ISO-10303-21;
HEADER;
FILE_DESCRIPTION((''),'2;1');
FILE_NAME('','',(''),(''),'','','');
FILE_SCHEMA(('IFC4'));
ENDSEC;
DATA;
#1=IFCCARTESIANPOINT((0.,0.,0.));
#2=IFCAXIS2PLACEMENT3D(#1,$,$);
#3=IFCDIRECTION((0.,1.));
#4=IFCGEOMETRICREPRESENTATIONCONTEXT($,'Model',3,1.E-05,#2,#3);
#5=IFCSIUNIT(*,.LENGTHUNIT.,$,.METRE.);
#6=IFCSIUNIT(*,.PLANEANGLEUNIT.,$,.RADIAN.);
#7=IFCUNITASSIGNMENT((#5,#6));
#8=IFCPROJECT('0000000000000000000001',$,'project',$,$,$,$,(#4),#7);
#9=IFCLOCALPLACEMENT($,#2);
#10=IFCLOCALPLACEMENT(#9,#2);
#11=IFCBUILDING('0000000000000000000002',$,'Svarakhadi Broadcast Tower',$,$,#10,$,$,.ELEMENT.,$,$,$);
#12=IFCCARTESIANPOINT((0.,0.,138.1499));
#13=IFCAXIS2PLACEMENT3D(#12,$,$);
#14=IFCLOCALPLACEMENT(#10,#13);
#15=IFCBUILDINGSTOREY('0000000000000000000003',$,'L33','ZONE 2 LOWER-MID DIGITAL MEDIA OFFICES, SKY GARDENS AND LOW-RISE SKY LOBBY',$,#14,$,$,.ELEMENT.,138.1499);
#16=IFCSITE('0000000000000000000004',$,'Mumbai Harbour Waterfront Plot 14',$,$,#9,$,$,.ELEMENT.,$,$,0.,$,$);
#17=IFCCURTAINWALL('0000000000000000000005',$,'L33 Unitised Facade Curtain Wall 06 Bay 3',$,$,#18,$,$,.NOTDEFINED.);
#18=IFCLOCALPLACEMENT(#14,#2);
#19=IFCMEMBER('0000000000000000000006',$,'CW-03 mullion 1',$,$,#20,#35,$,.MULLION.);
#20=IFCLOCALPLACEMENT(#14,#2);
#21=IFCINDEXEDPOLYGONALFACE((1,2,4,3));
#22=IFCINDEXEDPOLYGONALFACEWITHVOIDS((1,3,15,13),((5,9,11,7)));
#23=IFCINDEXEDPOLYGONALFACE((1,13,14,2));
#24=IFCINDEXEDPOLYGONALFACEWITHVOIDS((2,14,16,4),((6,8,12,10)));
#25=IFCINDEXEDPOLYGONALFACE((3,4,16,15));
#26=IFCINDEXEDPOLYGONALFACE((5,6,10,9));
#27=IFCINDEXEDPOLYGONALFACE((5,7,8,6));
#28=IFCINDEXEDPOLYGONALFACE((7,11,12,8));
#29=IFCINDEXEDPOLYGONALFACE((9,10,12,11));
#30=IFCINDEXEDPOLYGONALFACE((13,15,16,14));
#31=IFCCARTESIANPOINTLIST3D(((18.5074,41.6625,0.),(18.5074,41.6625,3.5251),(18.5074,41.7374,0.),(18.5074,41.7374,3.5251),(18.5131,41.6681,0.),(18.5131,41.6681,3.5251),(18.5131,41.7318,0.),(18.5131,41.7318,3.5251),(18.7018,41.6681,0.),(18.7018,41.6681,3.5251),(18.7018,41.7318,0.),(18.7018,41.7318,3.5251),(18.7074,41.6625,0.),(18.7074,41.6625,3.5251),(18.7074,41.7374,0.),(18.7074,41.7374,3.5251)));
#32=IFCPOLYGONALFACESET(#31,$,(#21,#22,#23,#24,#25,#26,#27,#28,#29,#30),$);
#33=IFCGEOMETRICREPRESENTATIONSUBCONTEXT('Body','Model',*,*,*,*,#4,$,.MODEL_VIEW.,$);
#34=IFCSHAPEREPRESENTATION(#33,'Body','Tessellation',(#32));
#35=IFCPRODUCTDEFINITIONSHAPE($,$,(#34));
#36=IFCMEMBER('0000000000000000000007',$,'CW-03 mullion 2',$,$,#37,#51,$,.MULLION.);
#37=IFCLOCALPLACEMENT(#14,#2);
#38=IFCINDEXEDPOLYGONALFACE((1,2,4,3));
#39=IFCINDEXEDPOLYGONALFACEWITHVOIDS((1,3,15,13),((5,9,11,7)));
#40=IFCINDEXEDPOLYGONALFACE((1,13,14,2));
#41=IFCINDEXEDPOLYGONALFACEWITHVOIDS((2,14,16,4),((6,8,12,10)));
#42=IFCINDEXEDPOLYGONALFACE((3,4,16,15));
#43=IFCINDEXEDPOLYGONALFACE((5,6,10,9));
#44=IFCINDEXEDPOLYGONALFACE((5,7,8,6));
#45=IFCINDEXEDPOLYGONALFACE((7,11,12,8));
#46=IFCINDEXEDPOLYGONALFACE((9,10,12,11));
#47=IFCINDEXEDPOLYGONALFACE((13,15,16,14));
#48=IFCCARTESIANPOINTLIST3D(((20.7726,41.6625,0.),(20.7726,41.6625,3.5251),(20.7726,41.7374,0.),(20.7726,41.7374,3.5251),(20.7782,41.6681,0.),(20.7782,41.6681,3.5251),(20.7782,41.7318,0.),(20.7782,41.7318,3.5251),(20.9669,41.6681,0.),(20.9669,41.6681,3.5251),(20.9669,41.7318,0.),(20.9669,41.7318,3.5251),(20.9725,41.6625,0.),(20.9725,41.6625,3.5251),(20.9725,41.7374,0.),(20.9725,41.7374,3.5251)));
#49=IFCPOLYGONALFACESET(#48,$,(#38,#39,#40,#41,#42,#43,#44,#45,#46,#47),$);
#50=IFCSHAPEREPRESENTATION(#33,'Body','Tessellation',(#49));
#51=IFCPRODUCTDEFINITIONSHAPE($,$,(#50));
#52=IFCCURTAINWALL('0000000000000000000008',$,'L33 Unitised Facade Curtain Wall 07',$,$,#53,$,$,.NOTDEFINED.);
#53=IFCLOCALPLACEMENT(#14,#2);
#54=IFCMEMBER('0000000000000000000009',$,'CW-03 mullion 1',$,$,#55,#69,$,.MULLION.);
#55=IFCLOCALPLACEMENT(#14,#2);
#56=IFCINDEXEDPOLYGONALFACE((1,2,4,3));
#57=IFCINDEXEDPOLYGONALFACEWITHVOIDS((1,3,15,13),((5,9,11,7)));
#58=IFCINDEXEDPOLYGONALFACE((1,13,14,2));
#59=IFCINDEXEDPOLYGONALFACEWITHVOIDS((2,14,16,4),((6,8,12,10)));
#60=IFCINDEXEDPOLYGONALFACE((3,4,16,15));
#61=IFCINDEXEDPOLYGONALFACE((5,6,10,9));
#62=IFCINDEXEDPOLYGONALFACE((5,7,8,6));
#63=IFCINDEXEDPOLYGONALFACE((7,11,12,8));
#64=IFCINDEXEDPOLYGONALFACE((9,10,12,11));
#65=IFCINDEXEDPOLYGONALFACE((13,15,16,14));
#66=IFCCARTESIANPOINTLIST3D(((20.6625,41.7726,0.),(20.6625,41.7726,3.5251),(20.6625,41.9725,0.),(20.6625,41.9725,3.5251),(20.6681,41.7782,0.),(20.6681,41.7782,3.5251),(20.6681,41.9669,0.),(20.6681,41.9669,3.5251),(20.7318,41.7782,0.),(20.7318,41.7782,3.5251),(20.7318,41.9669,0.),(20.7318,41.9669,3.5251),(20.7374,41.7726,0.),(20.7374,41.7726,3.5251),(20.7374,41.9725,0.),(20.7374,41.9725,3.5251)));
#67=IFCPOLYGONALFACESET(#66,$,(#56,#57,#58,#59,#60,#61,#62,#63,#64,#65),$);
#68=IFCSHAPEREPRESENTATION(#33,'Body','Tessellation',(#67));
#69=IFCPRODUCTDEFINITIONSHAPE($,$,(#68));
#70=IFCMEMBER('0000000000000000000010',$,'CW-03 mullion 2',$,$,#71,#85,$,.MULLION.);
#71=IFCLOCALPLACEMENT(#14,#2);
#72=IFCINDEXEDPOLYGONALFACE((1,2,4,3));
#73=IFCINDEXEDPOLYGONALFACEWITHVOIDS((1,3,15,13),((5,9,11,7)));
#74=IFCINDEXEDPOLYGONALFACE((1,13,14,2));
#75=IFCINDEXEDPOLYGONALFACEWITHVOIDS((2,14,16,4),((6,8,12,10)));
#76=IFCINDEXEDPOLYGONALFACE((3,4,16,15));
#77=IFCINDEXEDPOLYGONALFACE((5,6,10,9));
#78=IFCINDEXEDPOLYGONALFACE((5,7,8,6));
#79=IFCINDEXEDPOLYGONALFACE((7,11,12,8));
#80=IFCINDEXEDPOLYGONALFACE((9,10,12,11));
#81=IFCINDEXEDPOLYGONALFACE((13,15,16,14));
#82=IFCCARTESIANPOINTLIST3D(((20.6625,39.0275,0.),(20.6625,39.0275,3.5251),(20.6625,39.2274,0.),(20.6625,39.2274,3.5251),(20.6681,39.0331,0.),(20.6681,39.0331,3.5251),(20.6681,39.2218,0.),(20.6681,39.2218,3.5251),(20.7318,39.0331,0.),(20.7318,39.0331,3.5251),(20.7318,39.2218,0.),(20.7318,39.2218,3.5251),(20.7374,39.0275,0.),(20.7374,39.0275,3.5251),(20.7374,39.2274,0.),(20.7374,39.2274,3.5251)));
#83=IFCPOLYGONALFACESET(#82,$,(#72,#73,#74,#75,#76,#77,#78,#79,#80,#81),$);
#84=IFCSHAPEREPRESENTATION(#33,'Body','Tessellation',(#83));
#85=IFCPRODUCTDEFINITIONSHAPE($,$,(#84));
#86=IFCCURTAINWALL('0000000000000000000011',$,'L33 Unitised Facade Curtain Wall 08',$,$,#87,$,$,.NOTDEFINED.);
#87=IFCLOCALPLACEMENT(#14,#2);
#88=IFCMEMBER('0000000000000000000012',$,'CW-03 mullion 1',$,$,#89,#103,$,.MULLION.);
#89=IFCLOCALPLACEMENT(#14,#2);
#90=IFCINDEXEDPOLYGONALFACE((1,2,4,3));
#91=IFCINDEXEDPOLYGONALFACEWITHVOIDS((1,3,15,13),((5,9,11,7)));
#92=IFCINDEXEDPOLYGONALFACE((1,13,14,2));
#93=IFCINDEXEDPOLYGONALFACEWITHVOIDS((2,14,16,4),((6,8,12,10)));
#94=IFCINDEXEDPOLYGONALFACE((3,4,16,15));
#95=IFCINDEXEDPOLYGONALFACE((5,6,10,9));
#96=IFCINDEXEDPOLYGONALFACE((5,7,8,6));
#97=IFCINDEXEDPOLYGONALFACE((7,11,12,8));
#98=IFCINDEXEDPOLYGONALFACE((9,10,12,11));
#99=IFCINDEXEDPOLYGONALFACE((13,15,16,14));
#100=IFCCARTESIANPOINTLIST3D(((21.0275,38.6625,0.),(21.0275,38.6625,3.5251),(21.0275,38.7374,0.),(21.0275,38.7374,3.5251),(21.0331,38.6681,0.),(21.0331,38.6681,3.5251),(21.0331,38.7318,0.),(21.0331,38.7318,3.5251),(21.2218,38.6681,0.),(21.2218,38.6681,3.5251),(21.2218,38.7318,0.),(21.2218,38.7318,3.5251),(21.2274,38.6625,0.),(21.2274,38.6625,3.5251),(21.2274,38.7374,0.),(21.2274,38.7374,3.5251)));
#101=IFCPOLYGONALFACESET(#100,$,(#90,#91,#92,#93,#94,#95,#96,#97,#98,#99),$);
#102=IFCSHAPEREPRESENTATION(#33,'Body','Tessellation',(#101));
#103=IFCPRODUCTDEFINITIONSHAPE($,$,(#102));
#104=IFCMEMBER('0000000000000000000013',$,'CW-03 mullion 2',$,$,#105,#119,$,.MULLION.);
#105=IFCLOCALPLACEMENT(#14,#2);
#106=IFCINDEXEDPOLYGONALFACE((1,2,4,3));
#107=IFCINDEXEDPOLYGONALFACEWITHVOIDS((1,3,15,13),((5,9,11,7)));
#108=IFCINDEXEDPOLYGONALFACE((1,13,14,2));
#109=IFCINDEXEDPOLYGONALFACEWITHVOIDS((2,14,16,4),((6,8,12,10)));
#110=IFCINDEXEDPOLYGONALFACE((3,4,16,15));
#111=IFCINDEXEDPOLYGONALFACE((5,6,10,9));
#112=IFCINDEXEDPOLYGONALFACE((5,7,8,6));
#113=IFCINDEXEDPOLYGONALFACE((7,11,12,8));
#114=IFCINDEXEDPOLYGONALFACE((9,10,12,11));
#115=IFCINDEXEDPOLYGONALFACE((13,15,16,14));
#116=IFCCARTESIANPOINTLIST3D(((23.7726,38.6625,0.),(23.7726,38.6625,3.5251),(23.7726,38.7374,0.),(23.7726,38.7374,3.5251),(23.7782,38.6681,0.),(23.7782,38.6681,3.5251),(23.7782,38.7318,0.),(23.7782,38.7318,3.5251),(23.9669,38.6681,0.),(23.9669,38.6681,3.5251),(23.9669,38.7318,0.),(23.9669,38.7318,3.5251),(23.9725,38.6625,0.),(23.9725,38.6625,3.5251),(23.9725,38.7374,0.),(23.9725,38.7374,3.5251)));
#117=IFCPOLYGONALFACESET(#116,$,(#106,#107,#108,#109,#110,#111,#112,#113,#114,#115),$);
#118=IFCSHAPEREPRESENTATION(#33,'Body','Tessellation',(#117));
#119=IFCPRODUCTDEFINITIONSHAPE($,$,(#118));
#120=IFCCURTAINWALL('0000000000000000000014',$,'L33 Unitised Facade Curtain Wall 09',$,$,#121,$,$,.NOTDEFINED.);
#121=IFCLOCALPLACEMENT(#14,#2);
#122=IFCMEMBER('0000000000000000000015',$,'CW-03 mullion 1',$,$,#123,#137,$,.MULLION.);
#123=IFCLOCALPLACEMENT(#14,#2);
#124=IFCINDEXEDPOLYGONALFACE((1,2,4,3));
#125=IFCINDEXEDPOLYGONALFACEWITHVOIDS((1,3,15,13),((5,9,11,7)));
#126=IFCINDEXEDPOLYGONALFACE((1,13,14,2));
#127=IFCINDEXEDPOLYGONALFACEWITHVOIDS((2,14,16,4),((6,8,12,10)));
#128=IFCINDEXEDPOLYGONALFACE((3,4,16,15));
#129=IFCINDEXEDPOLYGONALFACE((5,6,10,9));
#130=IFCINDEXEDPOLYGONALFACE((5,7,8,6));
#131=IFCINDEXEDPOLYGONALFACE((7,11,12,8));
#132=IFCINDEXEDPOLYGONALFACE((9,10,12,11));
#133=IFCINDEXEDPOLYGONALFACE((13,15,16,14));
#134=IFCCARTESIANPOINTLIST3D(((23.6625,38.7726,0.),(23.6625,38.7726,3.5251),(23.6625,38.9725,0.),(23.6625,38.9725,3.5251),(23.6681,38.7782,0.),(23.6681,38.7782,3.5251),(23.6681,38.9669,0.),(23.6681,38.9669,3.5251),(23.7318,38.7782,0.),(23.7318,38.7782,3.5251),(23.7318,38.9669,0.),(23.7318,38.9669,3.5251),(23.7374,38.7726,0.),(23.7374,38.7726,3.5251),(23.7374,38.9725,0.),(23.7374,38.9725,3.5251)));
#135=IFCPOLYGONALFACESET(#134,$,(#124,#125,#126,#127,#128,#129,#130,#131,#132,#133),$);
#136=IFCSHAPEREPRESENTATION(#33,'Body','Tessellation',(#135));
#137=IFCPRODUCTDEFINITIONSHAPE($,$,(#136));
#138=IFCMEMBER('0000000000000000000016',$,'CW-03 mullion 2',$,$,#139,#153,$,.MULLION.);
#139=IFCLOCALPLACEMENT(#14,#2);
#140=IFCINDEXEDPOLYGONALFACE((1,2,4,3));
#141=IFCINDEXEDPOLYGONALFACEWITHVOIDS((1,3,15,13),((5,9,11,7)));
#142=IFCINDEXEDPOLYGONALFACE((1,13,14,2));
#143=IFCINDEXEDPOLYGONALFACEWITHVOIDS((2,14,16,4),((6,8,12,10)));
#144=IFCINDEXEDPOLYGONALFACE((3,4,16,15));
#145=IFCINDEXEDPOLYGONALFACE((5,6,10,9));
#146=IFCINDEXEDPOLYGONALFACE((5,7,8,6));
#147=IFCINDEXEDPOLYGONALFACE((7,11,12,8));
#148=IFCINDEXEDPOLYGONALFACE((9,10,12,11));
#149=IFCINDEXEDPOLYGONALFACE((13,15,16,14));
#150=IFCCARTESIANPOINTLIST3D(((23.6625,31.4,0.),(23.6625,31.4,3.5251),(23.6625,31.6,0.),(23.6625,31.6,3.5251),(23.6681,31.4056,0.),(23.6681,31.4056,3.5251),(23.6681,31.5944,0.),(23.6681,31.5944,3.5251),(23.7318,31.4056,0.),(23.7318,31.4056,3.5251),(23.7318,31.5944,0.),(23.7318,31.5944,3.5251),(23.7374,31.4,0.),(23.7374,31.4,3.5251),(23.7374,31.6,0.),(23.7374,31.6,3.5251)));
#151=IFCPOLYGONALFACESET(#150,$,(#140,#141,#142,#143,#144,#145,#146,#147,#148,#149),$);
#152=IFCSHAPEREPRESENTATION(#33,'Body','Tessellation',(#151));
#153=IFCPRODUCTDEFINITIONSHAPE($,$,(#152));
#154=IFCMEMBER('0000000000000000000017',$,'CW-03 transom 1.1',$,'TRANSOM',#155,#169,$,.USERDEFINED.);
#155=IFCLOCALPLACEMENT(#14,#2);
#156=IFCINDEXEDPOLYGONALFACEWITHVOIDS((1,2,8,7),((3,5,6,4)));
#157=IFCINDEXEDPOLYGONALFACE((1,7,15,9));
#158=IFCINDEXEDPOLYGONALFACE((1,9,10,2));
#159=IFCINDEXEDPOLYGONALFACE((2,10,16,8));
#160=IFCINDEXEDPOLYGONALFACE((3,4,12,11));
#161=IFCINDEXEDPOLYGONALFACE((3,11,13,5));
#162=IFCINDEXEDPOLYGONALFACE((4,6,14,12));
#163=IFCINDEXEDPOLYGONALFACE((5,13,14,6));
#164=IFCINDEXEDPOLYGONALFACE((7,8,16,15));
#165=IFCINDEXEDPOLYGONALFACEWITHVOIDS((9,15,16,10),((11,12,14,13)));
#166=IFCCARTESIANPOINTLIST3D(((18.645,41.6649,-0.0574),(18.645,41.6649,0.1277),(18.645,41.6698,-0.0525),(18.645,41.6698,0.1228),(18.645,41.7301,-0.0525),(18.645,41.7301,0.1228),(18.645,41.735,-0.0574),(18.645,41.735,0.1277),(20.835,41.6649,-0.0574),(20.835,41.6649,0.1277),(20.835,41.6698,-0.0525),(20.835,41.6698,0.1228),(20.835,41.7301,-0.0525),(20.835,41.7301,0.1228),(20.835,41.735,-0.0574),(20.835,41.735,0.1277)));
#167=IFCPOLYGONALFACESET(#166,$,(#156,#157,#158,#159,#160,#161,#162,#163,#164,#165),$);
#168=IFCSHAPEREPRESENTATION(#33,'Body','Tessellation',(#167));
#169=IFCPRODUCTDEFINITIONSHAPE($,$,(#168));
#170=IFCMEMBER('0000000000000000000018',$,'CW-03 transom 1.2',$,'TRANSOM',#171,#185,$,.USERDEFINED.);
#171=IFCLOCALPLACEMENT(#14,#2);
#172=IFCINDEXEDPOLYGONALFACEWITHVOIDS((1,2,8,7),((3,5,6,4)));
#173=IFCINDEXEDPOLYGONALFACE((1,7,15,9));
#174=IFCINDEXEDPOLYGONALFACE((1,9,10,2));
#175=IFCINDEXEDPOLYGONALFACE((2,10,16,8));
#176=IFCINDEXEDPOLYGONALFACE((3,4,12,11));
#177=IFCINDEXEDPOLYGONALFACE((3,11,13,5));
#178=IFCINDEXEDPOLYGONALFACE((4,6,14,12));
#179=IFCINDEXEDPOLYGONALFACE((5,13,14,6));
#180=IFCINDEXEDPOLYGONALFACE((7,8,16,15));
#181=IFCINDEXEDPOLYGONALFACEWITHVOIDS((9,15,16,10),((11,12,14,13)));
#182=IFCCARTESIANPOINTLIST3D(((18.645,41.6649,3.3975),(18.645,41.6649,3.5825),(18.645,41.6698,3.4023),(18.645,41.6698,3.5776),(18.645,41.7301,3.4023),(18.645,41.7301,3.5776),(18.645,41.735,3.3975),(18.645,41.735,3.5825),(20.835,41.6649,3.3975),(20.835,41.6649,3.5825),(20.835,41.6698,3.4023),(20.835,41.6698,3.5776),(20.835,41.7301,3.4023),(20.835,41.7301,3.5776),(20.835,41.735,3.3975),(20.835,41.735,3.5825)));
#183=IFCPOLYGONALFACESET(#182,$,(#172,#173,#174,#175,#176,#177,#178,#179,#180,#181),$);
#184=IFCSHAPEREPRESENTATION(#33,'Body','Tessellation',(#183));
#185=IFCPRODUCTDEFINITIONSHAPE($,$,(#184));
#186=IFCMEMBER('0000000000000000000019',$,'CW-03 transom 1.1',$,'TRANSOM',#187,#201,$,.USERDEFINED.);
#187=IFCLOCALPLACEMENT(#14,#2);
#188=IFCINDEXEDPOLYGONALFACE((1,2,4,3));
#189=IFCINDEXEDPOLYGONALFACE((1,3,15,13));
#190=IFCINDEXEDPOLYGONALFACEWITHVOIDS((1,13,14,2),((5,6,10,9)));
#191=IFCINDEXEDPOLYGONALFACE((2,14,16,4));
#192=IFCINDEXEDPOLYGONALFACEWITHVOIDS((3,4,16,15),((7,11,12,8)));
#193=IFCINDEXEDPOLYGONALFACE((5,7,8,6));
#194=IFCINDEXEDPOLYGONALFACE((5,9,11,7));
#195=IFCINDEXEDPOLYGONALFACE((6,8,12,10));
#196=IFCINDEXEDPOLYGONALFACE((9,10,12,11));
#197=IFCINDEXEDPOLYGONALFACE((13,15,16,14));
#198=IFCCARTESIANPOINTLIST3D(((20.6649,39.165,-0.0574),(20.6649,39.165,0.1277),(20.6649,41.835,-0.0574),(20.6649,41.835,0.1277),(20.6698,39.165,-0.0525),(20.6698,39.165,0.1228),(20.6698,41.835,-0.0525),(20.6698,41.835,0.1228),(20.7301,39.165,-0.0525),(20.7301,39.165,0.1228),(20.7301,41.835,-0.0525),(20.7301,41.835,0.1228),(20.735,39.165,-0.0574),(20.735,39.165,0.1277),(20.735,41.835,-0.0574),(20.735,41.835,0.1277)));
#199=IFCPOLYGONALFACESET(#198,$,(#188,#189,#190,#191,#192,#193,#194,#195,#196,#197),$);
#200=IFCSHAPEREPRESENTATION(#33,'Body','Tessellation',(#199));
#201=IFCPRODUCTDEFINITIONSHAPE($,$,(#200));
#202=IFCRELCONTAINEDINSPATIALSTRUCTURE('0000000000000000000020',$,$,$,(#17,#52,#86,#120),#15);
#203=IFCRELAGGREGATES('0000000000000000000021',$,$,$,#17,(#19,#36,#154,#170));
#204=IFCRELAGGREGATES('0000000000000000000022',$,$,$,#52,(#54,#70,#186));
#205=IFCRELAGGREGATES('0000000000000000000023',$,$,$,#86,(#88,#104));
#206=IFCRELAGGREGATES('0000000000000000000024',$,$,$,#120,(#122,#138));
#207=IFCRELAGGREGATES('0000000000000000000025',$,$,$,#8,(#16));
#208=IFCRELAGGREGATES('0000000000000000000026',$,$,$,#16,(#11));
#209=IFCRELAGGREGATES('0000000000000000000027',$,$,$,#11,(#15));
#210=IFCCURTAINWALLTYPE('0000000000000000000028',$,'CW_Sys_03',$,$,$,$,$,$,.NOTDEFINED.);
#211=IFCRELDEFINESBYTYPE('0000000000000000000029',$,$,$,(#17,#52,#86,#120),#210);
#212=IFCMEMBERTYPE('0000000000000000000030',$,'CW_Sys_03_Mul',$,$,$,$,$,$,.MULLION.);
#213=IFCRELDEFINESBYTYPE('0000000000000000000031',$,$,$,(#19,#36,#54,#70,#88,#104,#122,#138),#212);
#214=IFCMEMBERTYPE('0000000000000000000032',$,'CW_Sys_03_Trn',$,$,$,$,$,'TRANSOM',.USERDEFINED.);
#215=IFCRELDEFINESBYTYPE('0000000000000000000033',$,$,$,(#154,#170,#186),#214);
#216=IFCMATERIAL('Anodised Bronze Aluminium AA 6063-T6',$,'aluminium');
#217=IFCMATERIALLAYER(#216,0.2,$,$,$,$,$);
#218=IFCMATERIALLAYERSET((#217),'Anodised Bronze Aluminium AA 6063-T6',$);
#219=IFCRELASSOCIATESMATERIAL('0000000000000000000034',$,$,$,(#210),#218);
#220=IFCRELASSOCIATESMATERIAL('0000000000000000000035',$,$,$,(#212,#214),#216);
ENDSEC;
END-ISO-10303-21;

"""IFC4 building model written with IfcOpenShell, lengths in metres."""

from ifc_helpers import new_model, si_unit, direction, frame, origin, origin_2d, place, context, subcontext, project, spatial, hollow_rectangle, extrude, material, layer, layer_set, material_profile, profile_set, type_object, element, aggregate, save


model = new_model("IFC4")

# Units and contexts
model_context = context("Model", 3, precision=1e-05, world=origin(), true_north=direction((0.0, 1.0)))
body_context = subcontext(model_context, "Body", "Model", "MODEL_VIEW")
ifc_project = project(units=[si_unit("LENGTHUNIT", "METRE"), si_unit("PLANEANGLEUNIT", "RADIAN")], contexts=[model_context])

# Site, building, storey
site_placement = place(None, origin())
site = spatial("IfcSite", under=ifc_project, at=site_placement, Name="Mumbai Harbour Waterfront Plot 14", CompositionType="ELEMENT", RefElevation=0.0)
building_placement = place(site_placement, origin())
building = spatial("IfcBuilding", under=site, at=building_placement, Name="Svarakhadi Broadcast Tower", CompositionType="ELEMENT")
storey_placement = place(building_placement, frame((0.0, 0.0, 138.1499)))
storey = spatial("IfcBuildingStorey", under=building, at=storey_placement, Name="L33", Description="ZONE 2 LOWER-MID DIGITAL MEDIA OFFICES, SKY GARDENS AND LOW-RISE SKY LOBBY", CompositionType="ELEMENT", Elevation=138.1499)

# Curtain walls, members
ifc_material_1 = material(Name="Anodised Bronze Aluminium AA 6063-T6", Category="aluminium")
ifc_layer_1 = layer(ifc_material_1, 0.2)
ifc_layer_set_1 = layer_set([ifc_layer_1], Name="Anodised Bronze Aluminium AA 6063-T6")
curtain_wall_type = type_object("IfcCurtainWallType", Name="CW_Sys_03", PredefinedType="NOTDEFINED", material=ifc_layer_set_1)
curtain_wall_1_placement = place(storey_placement, origin())
curtain_wall_1 = element("IfcCurtainWall", 1, at=curtain_wall_1_placement, inside=storey, type_object=curtain_wall_type, Name="L33 Unitised Facade Curtain Wall 06 Bay 3", PredefinedType="NOTDEFINED")
ifc_material_profile_1 = material_profile(ifc_material_1, hollow_rectangle(XDim=0.075, YDim=0.2, WallThickness=0.0056, at=origin_2d()), Name="ALU MULLION 200x75x6")
ifc_profile_set_1 = profile_set([ifc_material_profile_1], Name="Anodised Bronze Aluminium AA 6063-T6")
member_type_1 = type_object("IfcMemberType", Name="CW_Sys_03_Mul", PredefinedType="MULLION", material=ifc_profile_set_1)
member_1_placement = place(storey_placement, frame((18.6074, 41.7, 0.0), z_axis=(0.0, 0.0, 1.0), x_axis=(0.0, 1.0, 0.0)))
member_1 = element("IfcMember", 2, at=member_1_placement, type_object=member_type_1, Name="CW-03 mullion 1", PredefinedType="MULLION", context=body_context, shape_type="SweptSolid", body=[
    extrude(hollow_rectangle(XDim=0.075, YDim=0.2, WallThickness=0.0056, at=origin_2d()), origin(), (0.0, 0.0, 1.0), 3.5251),
])
member_2_placement = place(storey_placement, frame((20.8726, 41.7, 0.0), z_axis=(0.0, 0.0, 1.0), x_axis=(0.0, 1.0, 0.0)))
member_2 = element("IfcMember", 3, at=member_2_placement, type_object=member_type_1, Name="CW-03 mullion 2", PredefinedType="MULLION", context=body_context, shape_type="SweptSolid", body=[
    extrude(hollow_rectangle(XDim=0.075, YDim=0.2, WallThickness=0.0056, at=origin_2d()), origin(), (0.0, 0.0, 1.0), 3.5251),
])
curtain_wall_2_placement = place(storey_placement, origin())
curtain_wall_2 = element("IfcCurtainWall", 4, at=curtain_wall_2_placement, inside=storey, type_object=curtain_wall_type, Name="L33 Unitised Facade Curtain Wall 07", PredefinedType="NOTDEFINED")
member_3_placement = place(storey_placement, frame((20.7, 41.8726, 0.0), z_axis=(0.0, 0.0, 1.0), x_axis=(1.0, 0.0, 0.0)))
member_3 = element("IfcMember", 5, at=member_3_placement, type_object=member_type_1, Name="CW-03 mullion 1", PredefinedType="MULLION", context=body_context, shape_type="SweptSolid", body=[
    extrude(hollow_rectangle(XDim=0.075, YDim=0.2, WallThickness=0.0056, at=origin_2d()), origin(), (0.0, 0.0, 1.0), 3.5251),
])
member_4_placement = place(storey_placement, frame((20.7, 39.1274, 0.0), z_axis=(0.0, 0.0, 1.0), x_axis=(1.0, 0.0, 0.0)))
member_4 = element("IfcMember", 6, at=member_4_placement, type_object=member_type_1, Name="CW-03 mullion 2", PredefinedType="MULLION", context=body_context, shape_type="SweptSolid", body=[
    extrude(hollow_rectangle(XDim=0.075, YDim=0.2, WallThickness=0.0056, at=origin_2d()), origin(), (0.0, 0.0, 1.0), 3.5251),
])
curtain_wall_3_placement = place(storey_placement, origin())
curtain_wall_3 = element("IfcCurtainWall", 7, at=curtain_wall_3_placement, inside=storey, type_object=curtain_wall_type, Name="L33 Unitised Facade Curtain Wall 08", PredefinedType="NOTDEFINED")
member_5_placement = place(storey_placement, frame((21.1274, 38.7, 0.0), z_axis=(0.0, 0.0, 1.0), x_axis=(0.0, 1.0, 0.0)))
member_5 = element("IfcMember", 8, at=member_5_placement, type_object=member_type_1, Name="CW-03 mullion 1", PredefinedType="MULLION", context=body_context, shape_type="SweptSolid", body=[
    extrude(hollow_rectangle(XDim=0.075, YDim=0.2, WallThickness=0.0056, at=origin_2d()), origin(), (0.0, 0.0, 1.0), 3.5251),
])
member_6_placement = place(storey_placement, frame((23.8726, 38.7, 0.0), z_axis=(0.0, 0.0, 1.0), x_axis=(0.0, 1.0, 0.0)))
member_6 = element("IfcMember", 9, at=member_6_placement, type_object=member_type_1, Name="CW-03 mullion 2", PredefinedType="MULLION", context=body_context, shape_type="SweptSolid", body=[
    extrude(hollow_rectangle(XDim=0.075, YDim=0.2, WallThickness=0.0056, at=origin_2d()), origin(), (0.0, 0.0, 1.0), 3.5251),
])
curtain_wall_4_placement = place(storey_placement, origin())
curtain_wall_4 = element("IfcCurtainWall", 10, at=curtain_wall_4_placement, inside=storey, type_object=curtain_wall_type, Name="L33 Unitised Facade Curtain Wall 09", PredefinedType="NOTDEFINED")
member_7_placement = place(storey_placement, frame((23.7, 38.8726, 0.0), z_axis=(0.0, 0.0, 1.0), x_axis=(1.0, 0.0, 0.0)))
member_7 = element("IfcMember", 11, at=member_7_placement, type_object=member_type_1, Name="CW-03 mullion 1", PredefinedType="MULLION", context=body_context, shape_type="SweptSolid", body=[
    extrude(hollow_rectangle(XDim=0.075, YDim=0.2, WallThickness=0.0056, at=origin_2d()), origin(), (0.0, 0.0, 1.0), 3.5251),
])
member_8_placement = place(storey_placement, frame((23.7, 31.5, 0.0), z_axis=(0.0, 0.0, 1.0), x_axis=(1.0, 0.0, 0.0)))
member_8 = element("IfcMember", 12, at=member_8_placement, type_object=member_type_1, Name="CW-03 mullion 2", PredefinedType="MULLION", context=body_context, shape_type="SweptSolid", body=[
    extrude(hollow_rectangle(XDim=0.075, YDim=0.2, WallThickness=0.0056, at=origin_2d()), origin(), (0.0, 0.0, 1.0), 3.5251),
])

# Members
ifc_material_profile_2 = material_profile(ifc_material_1, hollow_rectangle(XDim=0.0701, YDim=0.1851, WallThickness=0.0049, at=origin_2d()), Name="ALU TRANSOM 185x70x5")
ifc_profile_set_2 = profile_set([ifc_material_profile_2], Name="Anodised Bronze Aluminium AA 6063-T6")
member_type_2 = type_object("IfcMemberType", Name="CW_Sys_03_Trn", ElementType="TRANSOM", PredefinedType="USERDEFINED", material=ifc_profile_set_2)
member_9_placement = place(storey_placement, frame((18.645, 41.7, 0.0352), z_axis=(1.0, 0.0, 0.0), x_axis=(0.0, 1.0, 0.0)))
member_9 = element("IfcMember", 13, at=member_9_placement, type_object=member_type_2, Name="CW-03 transom 1.1", ObjectType="TRANSOM", PredefinedType="USERDEFINED", context=body_context, shape_type="SweptSolid", body=[
    extrude(hollow_rectangle(XDim=0.0701, YDim=0.1851, WallThickness=0.0049, at=origin_2d()), origin(), (0.0, 0.0, 1.0), 2.1899),
])
member_10_placement = place(storey_placement, frame((18.645, 41.7, 3.49), z_axis=(1.0, 0.0, 0.0), x_axis=(0.0, 1.0, 0.0)))
member_10 = element("IfcMember", 14, at=member_10_placement, type_object=member_type_2, Name="CW-03 transom 1.2", ObjectType="TRANSOM", PredefinedType="USERDEFINED", context=body_context, shape_type="SweptSolid", body=[
    extrude(hollow_rectangle(XDim=0.0701, YDim=0.1851, WallThickness=0.0049, at=origin_2d()), origin(), (0.0, 0.0, 1.0), 2.1899),
])
member_11_placement = place(storey_placement, frame((20.7, 41.835, 0.0352), z_axis=(0.0, -1.0, 0.0), x_axis=(1.0, 0.0, 0.0)))
member_11 = element("IfcMember", 15, at=member_11_placement, type_object=member_type_2, Name="CW-03 transom 1.1", ObjectType="TRANSOM", PredefinedType="USERDEFINED", context=body_context, shape_type="SweptSolid", body=[
    extrude(hollow_rectangle(XDim=0.0701, YDim=0.1851, WallThickness=0.0049, at=origin_2d()), origin(), (0.0, 0.0, 1.0), 2.6699),
])

aggregate(curtain_wall_1, [member_1, member_2, member_9, member_10])
aggregate(curtain_wall_2, [member_3, member_4, member_11])
aggregate(curtain_wall_3, [member_5, member_6])
aggregate(curtain_wall_4, [member_7, member_8])

save(model, "model.ifc")
